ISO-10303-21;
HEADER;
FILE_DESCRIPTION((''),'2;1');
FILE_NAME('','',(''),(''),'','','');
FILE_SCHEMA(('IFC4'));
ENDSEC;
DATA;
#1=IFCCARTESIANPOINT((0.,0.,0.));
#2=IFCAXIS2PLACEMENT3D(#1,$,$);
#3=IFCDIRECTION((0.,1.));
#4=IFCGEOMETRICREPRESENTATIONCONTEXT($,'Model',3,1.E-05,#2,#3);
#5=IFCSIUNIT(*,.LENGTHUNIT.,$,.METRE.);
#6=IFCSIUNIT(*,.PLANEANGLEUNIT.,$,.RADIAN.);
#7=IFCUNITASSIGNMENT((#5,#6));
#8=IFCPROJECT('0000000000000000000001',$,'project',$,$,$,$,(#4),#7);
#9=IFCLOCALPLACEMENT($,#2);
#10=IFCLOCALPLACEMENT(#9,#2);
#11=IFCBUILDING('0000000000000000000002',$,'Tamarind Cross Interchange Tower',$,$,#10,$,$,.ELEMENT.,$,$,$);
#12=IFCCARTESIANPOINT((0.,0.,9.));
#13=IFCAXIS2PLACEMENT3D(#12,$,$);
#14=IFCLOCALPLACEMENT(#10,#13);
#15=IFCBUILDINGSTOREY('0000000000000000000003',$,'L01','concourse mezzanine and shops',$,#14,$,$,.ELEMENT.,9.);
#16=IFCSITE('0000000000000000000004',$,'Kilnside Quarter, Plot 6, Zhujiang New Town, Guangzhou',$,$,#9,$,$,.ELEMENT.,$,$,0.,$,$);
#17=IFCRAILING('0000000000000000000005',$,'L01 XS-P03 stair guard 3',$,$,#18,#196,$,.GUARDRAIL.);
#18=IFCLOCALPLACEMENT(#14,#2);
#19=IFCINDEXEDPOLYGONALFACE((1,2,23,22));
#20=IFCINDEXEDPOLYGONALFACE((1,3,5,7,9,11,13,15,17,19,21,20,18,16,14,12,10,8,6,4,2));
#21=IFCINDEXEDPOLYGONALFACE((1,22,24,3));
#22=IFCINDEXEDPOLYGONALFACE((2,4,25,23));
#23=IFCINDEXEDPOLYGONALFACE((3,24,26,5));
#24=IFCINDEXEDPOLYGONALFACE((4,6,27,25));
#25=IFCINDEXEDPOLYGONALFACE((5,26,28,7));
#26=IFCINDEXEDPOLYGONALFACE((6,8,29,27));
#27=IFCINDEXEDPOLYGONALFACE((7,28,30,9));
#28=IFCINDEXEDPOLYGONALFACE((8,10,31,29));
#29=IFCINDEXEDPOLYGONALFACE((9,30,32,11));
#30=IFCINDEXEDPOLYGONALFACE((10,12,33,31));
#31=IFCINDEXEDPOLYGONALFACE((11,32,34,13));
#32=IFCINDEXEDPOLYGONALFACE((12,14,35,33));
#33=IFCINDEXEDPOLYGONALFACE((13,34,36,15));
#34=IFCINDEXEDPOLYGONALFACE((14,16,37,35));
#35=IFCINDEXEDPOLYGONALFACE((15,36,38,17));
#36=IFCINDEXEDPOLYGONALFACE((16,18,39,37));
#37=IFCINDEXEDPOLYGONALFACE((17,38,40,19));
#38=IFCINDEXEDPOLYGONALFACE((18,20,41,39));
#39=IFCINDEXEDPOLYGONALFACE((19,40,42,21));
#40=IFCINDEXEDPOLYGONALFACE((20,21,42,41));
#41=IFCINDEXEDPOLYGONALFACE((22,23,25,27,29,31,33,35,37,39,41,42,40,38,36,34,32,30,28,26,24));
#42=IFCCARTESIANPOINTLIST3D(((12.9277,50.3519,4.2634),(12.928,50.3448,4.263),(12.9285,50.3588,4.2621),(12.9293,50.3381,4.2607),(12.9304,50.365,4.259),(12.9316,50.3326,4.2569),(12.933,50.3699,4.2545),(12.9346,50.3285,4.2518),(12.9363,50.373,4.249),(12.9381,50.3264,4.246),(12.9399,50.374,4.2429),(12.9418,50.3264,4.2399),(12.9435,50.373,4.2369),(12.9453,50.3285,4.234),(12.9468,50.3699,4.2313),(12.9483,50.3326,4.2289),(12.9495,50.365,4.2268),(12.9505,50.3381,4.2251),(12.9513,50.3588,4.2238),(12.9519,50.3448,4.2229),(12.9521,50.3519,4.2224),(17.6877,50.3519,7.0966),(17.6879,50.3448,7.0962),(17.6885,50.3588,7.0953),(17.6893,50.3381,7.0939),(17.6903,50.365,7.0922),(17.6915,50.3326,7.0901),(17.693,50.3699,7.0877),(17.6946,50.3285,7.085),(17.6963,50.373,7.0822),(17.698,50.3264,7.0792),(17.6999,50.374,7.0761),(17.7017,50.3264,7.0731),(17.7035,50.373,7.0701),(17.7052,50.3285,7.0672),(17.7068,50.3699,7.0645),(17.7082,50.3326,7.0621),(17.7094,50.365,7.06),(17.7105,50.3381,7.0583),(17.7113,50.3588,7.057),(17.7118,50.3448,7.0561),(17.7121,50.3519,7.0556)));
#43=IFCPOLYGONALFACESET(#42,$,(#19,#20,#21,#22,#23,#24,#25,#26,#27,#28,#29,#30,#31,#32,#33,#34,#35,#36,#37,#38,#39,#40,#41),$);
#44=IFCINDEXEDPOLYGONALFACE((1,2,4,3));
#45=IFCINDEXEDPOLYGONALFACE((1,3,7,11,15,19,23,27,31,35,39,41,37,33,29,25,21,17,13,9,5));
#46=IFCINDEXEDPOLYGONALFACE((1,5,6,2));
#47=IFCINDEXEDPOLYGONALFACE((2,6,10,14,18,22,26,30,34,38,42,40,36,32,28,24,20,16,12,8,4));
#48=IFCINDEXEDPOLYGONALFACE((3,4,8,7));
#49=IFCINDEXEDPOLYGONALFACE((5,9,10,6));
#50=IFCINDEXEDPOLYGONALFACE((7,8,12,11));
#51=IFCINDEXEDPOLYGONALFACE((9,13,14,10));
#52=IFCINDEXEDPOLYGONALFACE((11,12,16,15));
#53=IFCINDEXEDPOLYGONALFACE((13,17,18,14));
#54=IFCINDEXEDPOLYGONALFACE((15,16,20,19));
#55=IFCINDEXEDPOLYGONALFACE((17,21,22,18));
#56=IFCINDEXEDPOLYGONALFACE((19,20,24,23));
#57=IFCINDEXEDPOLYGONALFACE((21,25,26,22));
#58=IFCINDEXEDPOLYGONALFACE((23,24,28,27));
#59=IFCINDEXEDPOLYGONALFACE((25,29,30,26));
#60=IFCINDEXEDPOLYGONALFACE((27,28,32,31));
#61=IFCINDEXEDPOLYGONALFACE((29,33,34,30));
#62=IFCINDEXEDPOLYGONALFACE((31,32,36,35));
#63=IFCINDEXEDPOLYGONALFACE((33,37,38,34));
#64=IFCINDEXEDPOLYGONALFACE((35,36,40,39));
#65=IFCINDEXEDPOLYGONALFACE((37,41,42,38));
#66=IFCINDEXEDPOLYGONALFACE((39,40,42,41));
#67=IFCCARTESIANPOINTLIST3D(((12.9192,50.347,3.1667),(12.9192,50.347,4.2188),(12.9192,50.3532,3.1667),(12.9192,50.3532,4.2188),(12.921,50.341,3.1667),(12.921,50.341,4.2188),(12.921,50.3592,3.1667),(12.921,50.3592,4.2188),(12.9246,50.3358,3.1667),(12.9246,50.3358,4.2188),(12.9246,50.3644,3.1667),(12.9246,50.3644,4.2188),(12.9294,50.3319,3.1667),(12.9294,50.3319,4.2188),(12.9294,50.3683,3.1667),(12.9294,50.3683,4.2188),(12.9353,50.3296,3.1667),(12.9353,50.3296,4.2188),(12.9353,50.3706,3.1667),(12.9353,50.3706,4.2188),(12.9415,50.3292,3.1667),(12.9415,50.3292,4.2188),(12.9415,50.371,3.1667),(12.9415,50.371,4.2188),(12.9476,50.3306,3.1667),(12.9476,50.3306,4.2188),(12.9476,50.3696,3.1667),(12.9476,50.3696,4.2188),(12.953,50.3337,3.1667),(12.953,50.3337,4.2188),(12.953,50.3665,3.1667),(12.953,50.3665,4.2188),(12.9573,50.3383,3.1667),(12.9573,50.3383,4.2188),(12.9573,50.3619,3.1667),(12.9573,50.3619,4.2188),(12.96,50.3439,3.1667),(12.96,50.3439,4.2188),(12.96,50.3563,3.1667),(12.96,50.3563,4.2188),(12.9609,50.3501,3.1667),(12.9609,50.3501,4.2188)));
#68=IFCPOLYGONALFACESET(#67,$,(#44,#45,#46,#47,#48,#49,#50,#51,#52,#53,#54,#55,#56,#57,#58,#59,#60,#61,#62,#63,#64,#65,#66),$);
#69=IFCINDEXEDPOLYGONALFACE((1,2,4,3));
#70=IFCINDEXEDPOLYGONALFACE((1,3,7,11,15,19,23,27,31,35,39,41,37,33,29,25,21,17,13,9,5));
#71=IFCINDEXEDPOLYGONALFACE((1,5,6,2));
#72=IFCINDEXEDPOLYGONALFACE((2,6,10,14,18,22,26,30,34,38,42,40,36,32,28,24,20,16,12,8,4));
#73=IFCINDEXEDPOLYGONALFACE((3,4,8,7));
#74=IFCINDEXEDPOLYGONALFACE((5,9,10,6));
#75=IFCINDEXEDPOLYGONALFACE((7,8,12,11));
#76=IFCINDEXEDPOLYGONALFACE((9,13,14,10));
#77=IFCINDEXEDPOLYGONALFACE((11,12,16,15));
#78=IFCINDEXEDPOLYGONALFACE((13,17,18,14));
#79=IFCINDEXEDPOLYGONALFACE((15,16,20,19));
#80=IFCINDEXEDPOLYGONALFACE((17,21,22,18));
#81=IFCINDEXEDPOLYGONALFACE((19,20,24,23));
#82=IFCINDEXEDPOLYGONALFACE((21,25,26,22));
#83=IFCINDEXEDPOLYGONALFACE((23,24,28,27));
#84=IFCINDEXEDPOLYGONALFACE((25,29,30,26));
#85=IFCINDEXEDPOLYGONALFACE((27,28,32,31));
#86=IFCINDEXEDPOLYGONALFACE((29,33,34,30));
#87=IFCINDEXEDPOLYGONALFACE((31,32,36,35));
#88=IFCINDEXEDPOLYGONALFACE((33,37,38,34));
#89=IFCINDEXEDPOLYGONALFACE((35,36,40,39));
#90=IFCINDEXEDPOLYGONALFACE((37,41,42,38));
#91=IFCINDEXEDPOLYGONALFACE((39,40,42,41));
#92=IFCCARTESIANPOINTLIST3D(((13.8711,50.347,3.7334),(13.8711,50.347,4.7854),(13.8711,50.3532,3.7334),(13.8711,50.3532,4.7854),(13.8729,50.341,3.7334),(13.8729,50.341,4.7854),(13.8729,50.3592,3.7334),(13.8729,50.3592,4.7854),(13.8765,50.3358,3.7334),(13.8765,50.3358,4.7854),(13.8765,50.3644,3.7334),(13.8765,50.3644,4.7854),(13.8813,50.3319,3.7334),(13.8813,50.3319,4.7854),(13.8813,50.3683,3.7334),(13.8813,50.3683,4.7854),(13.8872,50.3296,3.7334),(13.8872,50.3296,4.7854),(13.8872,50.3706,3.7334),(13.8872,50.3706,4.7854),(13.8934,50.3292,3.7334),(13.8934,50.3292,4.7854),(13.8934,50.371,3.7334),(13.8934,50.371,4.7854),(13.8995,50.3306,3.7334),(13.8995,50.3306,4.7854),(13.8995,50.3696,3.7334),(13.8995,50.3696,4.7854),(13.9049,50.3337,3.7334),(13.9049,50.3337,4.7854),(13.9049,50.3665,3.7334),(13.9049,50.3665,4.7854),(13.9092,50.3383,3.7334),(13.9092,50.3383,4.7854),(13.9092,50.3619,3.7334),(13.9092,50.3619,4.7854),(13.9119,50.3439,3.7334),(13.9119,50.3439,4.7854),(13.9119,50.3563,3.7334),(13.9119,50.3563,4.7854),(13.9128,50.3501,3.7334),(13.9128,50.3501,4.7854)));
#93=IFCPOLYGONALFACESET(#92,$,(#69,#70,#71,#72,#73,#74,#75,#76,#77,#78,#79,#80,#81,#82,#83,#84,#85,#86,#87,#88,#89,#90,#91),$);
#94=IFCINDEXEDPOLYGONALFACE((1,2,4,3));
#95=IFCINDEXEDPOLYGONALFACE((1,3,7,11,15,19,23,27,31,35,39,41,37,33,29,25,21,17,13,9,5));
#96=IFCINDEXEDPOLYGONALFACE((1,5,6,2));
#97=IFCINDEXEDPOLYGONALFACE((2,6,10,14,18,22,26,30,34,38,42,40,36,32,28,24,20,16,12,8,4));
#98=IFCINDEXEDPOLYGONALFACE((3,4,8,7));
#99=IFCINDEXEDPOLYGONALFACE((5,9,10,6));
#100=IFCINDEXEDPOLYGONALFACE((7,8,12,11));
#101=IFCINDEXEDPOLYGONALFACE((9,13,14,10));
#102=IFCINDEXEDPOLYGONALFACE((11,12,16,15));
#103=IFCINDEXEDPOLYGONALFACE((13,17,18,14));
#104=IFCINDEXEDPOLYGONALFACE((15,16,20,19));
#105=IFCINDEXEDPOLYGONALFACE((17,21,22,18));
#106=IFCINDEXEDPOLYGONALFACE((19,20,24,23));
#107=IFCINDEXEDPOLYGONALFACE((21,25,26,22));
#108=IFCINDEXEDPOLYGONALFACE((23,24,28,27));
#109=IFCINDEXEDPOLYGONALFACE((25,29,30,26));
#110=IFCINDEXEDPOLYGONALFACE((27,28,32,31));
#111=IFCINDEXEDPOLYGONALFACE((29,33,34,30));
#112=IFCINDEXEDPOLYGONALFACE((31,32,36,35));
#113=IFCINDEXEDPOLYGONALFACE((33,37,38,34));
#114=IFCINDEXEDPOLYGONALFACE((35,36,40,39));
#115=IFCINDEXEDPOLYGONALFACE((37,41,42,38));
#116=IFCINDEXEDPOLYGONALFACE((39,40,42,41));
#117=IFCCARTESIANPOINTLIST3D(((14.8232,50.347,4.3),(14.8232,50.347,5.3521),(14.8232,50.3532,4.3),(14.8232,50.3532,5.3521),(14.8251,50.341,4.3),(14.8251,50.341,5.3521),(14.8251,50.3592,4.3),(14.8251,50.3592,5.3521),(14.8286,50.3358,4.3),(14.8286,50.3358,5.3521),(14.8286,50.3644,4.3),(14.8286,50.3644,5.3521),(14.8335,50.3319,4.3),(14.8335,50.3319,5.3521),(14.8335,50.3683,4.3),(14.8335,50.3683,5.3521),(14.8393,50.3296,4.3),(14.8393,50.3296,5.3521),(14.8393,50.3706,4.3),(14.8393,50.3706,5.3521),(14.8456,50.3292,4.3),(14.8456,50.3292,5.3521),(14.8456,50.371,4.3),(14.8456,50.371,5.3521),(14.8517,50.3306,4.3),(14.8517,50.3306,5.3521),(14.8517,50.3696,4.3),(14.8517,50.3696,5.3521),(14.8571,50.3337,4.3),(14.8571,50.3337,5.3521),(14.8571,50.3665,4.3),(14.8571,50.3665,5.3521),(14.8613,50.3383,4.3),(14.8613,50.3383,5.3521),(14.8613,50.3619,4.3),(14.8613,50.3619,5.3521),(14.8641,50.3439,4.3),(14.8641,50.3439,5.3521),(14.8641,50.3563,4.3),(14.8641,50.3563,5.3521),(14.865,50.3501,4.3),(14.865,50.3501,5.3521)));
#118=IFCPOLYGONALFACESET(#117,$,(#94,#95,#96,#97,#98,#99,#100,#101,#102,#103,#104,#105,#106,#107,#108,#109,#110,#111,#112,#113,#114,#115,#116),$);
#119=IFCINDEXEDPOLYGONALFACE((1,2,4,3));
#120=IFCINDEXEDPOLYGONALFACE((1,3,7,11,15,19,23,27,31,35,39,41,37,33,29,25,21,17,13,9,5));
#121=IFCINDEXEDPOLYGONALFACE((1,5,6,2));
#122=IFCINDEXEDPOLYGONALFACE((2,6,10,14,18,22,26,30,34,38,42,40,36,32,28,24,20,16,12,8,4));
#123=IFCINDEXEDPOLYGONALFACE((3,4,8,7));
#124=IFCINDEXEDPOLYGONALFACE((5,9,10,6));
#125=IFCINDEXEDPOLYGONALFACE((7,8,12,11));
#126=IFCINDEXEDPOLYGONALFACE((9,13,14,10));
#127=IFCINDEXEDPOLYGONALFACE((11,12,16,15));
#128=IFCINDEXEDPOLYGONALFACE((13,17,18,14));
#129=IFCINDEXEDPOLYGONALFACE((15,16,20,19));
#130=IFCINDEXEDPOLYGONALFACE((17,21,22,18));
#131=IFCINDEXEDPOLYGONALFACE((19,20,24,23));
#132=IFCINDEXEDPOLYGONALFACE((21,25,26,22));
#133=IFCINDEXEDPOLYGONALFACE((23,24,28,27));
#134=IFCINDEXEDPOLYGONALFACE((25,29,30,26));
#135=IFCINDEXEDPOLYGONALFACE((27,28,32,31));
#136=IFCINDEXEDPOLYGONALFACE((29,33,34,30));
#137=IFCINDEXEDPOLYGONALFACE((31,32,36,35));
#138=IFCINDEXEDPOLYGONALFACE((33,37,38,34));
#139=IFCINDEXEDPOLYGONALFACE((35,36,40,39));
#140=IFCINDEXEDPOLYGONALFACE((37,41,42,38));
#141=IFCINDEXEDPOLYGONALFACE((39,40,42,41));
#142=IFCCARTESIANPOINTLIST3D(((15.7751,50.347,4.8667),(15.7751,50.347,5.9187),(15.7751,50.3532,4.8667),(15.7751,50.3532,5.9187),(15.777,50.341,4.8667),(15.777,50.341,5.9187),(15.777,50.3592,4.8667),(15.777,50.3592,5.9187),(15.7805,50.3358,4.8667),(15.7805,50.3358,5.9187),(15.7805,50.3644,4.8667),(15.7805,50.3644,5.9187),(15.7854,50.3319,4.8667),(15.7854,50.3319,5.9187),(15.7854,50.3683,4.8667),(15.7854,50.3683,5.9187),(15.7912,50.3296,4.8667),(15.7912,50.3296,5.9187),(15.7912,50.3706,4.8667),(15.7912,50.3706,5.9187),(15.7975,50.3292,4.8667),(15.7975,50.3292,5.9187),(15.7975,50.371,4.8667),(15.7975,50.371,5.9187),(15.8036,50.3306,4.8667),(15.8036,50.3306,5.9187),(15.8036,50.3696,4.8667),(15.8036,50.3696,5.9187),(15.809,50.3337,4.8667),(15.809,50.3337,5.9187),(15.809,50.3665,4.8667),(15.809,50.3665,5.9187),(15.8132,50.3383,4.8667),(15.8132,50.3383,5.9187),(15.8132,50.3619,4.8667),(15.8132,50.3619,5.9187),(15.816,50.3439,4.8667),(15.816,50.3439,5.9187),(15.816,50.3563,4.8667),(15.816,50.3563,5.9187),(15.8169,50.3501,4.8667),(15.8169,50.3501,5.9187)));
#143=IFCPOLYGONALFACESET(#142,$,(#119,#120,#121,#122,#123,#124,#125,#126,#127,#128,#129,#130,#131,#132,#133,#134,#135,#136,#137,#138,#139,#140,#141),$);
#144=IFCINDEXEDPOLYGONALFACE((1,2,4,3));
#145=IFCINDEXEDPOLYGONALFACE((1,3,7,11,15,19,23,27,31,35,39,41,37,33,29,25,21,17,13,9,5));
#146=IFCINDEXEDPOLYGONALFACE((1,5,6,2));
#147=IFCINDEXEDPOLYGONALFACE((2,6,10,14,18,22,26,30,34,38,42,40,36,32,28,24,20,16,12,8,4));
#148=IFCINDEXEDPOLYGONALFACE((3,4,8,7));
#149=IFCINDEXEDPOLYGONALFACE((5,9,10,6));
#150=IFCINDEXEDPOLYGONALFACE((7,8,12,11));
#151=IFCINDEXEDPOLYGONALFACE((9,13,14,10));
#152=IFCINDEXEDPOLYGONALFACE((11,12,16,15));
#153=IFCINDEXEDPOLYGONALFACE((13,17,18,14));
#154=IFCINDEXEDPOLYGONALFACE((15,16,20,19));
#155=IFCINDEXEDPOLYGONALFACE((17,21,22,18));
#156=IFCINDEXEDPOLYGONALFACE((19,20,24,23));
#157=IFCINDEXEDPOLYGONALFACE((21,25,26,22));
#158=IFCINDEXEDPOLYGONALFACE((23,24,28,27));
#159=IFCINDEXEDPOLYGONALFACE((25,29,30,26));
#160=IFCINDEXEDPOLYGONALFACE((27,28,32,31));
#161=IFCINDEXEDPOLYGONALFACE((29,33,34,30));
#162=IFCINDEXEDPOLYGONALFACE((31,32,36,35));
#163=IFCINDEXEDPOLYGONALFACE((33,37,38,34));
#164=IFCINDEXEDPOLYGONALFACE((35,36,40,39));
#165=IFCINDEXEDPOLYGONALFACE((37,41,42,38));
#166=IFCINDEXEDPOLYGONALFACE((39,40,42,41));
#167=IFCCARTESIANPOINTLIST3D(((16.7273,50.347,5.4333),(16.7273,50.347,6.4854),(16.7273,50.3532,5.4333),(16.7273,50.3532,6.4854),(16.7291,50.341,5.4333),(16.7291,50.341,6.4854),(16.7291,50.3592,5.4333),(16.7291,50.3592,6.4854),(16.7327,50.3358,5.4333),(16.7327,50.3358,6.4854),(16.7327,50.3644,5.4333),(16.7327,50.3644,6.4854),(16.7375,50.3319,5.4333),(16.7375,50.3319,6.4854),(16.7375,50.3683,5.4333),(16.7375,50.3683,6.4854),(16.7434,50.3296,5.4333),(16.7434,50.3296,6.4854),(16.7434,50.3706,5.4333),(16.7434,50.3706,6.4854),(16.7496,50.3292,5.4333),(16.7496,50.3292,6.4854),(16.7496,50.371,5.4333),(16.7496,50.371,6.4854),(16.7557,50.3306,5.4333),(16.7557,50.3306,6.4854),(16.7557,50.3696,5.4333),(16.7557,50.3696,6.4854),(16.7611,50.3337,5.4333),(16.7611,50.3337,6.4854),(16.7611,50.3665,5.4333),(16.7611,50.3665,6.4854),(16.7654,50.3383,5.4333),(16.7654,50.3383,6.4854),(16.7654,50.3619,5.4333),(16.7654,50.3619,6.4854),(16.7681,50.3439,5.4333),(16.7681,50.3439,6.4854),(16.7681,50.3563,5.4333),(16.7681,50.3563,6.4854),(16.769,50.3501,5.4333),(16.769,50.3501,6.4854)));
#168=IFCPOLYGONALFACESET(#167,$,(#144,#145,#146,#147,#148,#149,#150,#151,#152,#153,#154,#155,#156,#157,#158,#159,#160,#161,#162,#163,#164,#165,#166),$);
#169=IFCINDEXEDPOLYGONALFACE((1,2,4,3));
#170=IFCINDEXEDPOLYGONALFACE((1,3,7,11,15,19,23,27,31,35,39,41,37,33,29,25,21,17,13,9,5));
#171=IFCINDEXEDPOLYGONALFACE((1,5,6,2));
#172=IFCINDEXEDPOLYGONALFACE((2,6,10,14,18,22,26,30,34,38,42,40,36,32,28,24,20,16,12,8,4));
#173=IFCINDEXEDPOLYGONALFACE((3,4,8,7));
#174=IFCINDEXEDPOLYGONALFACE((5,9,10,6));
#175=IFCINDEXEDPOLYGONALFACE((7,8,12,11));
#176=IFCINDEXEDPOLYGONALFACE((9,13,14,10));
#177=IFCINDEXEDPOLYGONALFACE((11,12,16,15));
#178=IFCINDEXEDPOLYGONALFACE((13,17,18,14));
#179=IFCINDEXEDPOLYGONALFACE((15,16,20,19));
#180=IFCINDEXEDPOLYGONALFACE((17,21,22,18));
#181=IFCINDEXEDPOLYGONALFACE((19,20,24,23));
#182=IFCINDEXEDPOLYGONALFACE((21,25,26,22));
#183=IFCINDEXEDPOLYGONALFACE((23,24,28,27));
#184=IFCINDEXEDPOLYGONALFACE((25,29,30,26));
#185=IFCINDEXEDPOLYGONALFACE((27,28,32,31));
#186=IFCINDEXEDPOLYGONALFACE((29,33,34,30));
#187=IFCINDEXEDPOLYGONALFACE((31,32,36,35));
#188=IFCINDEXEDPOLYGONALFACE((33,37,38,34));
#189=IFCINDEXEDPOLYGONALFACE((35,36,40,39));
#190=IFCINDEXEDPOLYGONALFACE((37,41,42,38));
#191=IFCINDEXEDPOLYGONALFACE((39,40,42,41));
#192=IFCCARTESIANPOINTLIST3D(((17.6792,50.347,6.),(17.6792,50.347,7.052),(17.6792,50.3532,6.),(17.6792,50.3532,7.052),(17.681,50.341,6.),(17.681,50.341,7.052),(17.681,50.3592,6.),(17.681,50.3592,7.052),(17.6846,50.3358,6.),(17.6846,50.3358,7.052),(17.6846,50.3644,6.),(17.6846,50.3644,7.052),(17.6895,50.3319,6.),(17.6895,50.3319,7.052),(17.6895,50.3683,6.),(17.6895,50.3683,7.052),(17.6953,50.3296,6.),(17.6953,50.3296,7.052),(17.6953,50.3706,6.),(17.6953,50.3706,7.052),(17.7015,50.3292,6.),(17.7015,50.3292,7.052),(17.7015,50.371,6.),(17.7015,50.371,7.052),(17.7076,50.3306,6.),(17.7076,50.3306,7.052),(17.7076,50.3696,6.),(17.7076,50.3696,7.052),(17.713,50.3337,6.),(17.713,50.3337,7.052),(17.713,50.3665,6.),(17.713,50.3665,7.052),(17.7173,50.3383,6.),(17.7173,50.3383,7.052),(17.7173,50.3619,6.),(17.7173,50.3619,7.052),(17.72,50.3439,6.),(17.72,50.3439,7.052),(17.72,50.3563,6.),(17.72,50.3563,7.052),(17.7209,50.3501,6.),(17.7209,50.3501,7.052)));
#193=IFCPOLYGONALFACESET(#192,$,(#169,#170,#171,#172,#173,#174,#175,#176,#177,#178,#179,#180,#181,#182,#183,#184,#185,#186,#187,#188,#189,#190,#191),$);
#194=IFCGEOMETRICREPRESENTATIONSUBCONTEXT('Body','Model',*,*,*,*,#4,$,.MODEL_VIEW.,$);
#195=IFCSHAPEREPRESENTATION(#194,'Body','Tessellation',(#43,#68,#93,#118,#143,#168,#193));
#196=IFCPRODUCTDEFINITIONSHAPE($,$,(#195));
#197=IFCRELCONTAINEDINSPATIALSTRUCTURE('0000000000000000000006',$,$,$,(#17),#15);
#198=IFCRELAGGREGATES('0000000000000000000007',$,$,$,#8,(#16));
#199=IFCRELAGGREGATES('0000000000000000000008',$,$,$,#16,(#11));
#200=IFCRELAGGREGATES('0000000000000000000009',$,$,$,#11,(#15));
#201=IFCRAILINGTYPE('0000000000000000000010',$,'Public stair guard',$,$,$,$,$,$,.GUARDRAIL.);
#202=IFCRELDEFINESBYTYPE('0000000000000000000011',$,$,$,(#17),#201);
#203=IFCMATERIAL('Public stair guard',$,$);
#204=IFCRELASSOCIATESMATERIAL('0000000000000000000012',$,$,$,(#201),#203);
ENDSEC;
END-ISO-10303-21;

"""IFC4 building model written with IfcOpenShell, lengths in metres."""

from ifc_helpers import new_model, si_unit, direction, frame, origin, origin_2d, place, context, subcontext, project, spatial, circle, extrude, material, type_object, element, save


model = new_model("IFC4")

# Units and contexts
model_context = context("Model", 3, precision=1e-05, world=origin(), true_north=direction((0.0, 1.0)))
body_context = subcontext(model_context, "Body", "Model", "MODEL_VIEW")
ifc_project = project(units=[si_unit("LENGTHUNIT", "METRE"), si_unit("PLANEANGLEUNIT", "RADIAN")], contexts=[model_context])

# Site, building, storey
site_placement = place(None, origin())
site = spatial("IfcSite", under=ifc_project, at=site_placement, Name="Kilnside Quarter, Plot 6, Zhujiang New Town, Guangzhou", CompositionType="ELEMENT", RefElevation=0.0)
building_placement = place(site_placement, origin())
building = spatial("IfcBuilding", under=site, at=building_placement, Name="Tamarind Cross Interchange Tower", CompositionType="ELEMENT")
storey_placement = place(building_placement, frame((0.0, 0.0, 9.0)))
storey = spatial("IfcBuildingStorey", under=building, at=storey_placement, Name="L01", Description="concourse mezzanine and shops", CompositionType="ELEMENT", Elevation=9.0)

# Railing
ifc_material_1 = material(Name="Public stair guard")
railing_type_1 = type_object("IfcRailingType", Name="Public stair guard", PredefinedType="GUARDRAIL", material=ifc_material_1)
railing_1_placement = place(storey_placement, frame((12.9399, 50.3501, 3.1667)))
element("IfcRailing", 1, at=railing_1_placement, inside=storey, type_object=railing_type_1, Name="L01 XS-P03 stair guard 3", PredefinedType="GUARDRAIL", context=body_context, shape_type="SweptSolid", body=[
    extrude(circle(Radius=0.0239, at=origin_2d()), frame((0.0, 0.0, 1.0762), z_axis=(0.8593, 0.0, 0.511472), x_axis=(0.0, 1.0, 0.0)), (0.0, 0.0, 1.0), 5.5393),
    extrude(circle(Radius=0.021, at=origin_2d()), origin(), (0.0, 0.0, 1.0), 1.052),
    extrude(circle(Radius=0.021, at=origin_2d()), frame((0.9519, 0.0, 0.5667)), (0.0, 0.0, 1.0), 1.052),
    extrude(circle(Radius=0.021, at=origin_2d()), frame((1.9041, 0.0, 1.1333)), (0.0, 0.0, 1.0), 1.052),
    extrude(circle(Radius=0.021, at=origin_2d()), frame((2.856, 0.0, 1.7)), (0.0, 0.0, 1.0), 1.052),
    extrude(circle(Radius=0.021, at=origin_2d()), frame((3.8081, 0.0, 2.2666)), (0.0, 0.0, 1.0), 1.052),
    extrude(circle(Radius=0.021, at=origin_2d()), frame((4.76, 0.0, 2.8333)), (0.0, 0.0, 1.0), 1.052),
])

save(model, "model.ifc")
